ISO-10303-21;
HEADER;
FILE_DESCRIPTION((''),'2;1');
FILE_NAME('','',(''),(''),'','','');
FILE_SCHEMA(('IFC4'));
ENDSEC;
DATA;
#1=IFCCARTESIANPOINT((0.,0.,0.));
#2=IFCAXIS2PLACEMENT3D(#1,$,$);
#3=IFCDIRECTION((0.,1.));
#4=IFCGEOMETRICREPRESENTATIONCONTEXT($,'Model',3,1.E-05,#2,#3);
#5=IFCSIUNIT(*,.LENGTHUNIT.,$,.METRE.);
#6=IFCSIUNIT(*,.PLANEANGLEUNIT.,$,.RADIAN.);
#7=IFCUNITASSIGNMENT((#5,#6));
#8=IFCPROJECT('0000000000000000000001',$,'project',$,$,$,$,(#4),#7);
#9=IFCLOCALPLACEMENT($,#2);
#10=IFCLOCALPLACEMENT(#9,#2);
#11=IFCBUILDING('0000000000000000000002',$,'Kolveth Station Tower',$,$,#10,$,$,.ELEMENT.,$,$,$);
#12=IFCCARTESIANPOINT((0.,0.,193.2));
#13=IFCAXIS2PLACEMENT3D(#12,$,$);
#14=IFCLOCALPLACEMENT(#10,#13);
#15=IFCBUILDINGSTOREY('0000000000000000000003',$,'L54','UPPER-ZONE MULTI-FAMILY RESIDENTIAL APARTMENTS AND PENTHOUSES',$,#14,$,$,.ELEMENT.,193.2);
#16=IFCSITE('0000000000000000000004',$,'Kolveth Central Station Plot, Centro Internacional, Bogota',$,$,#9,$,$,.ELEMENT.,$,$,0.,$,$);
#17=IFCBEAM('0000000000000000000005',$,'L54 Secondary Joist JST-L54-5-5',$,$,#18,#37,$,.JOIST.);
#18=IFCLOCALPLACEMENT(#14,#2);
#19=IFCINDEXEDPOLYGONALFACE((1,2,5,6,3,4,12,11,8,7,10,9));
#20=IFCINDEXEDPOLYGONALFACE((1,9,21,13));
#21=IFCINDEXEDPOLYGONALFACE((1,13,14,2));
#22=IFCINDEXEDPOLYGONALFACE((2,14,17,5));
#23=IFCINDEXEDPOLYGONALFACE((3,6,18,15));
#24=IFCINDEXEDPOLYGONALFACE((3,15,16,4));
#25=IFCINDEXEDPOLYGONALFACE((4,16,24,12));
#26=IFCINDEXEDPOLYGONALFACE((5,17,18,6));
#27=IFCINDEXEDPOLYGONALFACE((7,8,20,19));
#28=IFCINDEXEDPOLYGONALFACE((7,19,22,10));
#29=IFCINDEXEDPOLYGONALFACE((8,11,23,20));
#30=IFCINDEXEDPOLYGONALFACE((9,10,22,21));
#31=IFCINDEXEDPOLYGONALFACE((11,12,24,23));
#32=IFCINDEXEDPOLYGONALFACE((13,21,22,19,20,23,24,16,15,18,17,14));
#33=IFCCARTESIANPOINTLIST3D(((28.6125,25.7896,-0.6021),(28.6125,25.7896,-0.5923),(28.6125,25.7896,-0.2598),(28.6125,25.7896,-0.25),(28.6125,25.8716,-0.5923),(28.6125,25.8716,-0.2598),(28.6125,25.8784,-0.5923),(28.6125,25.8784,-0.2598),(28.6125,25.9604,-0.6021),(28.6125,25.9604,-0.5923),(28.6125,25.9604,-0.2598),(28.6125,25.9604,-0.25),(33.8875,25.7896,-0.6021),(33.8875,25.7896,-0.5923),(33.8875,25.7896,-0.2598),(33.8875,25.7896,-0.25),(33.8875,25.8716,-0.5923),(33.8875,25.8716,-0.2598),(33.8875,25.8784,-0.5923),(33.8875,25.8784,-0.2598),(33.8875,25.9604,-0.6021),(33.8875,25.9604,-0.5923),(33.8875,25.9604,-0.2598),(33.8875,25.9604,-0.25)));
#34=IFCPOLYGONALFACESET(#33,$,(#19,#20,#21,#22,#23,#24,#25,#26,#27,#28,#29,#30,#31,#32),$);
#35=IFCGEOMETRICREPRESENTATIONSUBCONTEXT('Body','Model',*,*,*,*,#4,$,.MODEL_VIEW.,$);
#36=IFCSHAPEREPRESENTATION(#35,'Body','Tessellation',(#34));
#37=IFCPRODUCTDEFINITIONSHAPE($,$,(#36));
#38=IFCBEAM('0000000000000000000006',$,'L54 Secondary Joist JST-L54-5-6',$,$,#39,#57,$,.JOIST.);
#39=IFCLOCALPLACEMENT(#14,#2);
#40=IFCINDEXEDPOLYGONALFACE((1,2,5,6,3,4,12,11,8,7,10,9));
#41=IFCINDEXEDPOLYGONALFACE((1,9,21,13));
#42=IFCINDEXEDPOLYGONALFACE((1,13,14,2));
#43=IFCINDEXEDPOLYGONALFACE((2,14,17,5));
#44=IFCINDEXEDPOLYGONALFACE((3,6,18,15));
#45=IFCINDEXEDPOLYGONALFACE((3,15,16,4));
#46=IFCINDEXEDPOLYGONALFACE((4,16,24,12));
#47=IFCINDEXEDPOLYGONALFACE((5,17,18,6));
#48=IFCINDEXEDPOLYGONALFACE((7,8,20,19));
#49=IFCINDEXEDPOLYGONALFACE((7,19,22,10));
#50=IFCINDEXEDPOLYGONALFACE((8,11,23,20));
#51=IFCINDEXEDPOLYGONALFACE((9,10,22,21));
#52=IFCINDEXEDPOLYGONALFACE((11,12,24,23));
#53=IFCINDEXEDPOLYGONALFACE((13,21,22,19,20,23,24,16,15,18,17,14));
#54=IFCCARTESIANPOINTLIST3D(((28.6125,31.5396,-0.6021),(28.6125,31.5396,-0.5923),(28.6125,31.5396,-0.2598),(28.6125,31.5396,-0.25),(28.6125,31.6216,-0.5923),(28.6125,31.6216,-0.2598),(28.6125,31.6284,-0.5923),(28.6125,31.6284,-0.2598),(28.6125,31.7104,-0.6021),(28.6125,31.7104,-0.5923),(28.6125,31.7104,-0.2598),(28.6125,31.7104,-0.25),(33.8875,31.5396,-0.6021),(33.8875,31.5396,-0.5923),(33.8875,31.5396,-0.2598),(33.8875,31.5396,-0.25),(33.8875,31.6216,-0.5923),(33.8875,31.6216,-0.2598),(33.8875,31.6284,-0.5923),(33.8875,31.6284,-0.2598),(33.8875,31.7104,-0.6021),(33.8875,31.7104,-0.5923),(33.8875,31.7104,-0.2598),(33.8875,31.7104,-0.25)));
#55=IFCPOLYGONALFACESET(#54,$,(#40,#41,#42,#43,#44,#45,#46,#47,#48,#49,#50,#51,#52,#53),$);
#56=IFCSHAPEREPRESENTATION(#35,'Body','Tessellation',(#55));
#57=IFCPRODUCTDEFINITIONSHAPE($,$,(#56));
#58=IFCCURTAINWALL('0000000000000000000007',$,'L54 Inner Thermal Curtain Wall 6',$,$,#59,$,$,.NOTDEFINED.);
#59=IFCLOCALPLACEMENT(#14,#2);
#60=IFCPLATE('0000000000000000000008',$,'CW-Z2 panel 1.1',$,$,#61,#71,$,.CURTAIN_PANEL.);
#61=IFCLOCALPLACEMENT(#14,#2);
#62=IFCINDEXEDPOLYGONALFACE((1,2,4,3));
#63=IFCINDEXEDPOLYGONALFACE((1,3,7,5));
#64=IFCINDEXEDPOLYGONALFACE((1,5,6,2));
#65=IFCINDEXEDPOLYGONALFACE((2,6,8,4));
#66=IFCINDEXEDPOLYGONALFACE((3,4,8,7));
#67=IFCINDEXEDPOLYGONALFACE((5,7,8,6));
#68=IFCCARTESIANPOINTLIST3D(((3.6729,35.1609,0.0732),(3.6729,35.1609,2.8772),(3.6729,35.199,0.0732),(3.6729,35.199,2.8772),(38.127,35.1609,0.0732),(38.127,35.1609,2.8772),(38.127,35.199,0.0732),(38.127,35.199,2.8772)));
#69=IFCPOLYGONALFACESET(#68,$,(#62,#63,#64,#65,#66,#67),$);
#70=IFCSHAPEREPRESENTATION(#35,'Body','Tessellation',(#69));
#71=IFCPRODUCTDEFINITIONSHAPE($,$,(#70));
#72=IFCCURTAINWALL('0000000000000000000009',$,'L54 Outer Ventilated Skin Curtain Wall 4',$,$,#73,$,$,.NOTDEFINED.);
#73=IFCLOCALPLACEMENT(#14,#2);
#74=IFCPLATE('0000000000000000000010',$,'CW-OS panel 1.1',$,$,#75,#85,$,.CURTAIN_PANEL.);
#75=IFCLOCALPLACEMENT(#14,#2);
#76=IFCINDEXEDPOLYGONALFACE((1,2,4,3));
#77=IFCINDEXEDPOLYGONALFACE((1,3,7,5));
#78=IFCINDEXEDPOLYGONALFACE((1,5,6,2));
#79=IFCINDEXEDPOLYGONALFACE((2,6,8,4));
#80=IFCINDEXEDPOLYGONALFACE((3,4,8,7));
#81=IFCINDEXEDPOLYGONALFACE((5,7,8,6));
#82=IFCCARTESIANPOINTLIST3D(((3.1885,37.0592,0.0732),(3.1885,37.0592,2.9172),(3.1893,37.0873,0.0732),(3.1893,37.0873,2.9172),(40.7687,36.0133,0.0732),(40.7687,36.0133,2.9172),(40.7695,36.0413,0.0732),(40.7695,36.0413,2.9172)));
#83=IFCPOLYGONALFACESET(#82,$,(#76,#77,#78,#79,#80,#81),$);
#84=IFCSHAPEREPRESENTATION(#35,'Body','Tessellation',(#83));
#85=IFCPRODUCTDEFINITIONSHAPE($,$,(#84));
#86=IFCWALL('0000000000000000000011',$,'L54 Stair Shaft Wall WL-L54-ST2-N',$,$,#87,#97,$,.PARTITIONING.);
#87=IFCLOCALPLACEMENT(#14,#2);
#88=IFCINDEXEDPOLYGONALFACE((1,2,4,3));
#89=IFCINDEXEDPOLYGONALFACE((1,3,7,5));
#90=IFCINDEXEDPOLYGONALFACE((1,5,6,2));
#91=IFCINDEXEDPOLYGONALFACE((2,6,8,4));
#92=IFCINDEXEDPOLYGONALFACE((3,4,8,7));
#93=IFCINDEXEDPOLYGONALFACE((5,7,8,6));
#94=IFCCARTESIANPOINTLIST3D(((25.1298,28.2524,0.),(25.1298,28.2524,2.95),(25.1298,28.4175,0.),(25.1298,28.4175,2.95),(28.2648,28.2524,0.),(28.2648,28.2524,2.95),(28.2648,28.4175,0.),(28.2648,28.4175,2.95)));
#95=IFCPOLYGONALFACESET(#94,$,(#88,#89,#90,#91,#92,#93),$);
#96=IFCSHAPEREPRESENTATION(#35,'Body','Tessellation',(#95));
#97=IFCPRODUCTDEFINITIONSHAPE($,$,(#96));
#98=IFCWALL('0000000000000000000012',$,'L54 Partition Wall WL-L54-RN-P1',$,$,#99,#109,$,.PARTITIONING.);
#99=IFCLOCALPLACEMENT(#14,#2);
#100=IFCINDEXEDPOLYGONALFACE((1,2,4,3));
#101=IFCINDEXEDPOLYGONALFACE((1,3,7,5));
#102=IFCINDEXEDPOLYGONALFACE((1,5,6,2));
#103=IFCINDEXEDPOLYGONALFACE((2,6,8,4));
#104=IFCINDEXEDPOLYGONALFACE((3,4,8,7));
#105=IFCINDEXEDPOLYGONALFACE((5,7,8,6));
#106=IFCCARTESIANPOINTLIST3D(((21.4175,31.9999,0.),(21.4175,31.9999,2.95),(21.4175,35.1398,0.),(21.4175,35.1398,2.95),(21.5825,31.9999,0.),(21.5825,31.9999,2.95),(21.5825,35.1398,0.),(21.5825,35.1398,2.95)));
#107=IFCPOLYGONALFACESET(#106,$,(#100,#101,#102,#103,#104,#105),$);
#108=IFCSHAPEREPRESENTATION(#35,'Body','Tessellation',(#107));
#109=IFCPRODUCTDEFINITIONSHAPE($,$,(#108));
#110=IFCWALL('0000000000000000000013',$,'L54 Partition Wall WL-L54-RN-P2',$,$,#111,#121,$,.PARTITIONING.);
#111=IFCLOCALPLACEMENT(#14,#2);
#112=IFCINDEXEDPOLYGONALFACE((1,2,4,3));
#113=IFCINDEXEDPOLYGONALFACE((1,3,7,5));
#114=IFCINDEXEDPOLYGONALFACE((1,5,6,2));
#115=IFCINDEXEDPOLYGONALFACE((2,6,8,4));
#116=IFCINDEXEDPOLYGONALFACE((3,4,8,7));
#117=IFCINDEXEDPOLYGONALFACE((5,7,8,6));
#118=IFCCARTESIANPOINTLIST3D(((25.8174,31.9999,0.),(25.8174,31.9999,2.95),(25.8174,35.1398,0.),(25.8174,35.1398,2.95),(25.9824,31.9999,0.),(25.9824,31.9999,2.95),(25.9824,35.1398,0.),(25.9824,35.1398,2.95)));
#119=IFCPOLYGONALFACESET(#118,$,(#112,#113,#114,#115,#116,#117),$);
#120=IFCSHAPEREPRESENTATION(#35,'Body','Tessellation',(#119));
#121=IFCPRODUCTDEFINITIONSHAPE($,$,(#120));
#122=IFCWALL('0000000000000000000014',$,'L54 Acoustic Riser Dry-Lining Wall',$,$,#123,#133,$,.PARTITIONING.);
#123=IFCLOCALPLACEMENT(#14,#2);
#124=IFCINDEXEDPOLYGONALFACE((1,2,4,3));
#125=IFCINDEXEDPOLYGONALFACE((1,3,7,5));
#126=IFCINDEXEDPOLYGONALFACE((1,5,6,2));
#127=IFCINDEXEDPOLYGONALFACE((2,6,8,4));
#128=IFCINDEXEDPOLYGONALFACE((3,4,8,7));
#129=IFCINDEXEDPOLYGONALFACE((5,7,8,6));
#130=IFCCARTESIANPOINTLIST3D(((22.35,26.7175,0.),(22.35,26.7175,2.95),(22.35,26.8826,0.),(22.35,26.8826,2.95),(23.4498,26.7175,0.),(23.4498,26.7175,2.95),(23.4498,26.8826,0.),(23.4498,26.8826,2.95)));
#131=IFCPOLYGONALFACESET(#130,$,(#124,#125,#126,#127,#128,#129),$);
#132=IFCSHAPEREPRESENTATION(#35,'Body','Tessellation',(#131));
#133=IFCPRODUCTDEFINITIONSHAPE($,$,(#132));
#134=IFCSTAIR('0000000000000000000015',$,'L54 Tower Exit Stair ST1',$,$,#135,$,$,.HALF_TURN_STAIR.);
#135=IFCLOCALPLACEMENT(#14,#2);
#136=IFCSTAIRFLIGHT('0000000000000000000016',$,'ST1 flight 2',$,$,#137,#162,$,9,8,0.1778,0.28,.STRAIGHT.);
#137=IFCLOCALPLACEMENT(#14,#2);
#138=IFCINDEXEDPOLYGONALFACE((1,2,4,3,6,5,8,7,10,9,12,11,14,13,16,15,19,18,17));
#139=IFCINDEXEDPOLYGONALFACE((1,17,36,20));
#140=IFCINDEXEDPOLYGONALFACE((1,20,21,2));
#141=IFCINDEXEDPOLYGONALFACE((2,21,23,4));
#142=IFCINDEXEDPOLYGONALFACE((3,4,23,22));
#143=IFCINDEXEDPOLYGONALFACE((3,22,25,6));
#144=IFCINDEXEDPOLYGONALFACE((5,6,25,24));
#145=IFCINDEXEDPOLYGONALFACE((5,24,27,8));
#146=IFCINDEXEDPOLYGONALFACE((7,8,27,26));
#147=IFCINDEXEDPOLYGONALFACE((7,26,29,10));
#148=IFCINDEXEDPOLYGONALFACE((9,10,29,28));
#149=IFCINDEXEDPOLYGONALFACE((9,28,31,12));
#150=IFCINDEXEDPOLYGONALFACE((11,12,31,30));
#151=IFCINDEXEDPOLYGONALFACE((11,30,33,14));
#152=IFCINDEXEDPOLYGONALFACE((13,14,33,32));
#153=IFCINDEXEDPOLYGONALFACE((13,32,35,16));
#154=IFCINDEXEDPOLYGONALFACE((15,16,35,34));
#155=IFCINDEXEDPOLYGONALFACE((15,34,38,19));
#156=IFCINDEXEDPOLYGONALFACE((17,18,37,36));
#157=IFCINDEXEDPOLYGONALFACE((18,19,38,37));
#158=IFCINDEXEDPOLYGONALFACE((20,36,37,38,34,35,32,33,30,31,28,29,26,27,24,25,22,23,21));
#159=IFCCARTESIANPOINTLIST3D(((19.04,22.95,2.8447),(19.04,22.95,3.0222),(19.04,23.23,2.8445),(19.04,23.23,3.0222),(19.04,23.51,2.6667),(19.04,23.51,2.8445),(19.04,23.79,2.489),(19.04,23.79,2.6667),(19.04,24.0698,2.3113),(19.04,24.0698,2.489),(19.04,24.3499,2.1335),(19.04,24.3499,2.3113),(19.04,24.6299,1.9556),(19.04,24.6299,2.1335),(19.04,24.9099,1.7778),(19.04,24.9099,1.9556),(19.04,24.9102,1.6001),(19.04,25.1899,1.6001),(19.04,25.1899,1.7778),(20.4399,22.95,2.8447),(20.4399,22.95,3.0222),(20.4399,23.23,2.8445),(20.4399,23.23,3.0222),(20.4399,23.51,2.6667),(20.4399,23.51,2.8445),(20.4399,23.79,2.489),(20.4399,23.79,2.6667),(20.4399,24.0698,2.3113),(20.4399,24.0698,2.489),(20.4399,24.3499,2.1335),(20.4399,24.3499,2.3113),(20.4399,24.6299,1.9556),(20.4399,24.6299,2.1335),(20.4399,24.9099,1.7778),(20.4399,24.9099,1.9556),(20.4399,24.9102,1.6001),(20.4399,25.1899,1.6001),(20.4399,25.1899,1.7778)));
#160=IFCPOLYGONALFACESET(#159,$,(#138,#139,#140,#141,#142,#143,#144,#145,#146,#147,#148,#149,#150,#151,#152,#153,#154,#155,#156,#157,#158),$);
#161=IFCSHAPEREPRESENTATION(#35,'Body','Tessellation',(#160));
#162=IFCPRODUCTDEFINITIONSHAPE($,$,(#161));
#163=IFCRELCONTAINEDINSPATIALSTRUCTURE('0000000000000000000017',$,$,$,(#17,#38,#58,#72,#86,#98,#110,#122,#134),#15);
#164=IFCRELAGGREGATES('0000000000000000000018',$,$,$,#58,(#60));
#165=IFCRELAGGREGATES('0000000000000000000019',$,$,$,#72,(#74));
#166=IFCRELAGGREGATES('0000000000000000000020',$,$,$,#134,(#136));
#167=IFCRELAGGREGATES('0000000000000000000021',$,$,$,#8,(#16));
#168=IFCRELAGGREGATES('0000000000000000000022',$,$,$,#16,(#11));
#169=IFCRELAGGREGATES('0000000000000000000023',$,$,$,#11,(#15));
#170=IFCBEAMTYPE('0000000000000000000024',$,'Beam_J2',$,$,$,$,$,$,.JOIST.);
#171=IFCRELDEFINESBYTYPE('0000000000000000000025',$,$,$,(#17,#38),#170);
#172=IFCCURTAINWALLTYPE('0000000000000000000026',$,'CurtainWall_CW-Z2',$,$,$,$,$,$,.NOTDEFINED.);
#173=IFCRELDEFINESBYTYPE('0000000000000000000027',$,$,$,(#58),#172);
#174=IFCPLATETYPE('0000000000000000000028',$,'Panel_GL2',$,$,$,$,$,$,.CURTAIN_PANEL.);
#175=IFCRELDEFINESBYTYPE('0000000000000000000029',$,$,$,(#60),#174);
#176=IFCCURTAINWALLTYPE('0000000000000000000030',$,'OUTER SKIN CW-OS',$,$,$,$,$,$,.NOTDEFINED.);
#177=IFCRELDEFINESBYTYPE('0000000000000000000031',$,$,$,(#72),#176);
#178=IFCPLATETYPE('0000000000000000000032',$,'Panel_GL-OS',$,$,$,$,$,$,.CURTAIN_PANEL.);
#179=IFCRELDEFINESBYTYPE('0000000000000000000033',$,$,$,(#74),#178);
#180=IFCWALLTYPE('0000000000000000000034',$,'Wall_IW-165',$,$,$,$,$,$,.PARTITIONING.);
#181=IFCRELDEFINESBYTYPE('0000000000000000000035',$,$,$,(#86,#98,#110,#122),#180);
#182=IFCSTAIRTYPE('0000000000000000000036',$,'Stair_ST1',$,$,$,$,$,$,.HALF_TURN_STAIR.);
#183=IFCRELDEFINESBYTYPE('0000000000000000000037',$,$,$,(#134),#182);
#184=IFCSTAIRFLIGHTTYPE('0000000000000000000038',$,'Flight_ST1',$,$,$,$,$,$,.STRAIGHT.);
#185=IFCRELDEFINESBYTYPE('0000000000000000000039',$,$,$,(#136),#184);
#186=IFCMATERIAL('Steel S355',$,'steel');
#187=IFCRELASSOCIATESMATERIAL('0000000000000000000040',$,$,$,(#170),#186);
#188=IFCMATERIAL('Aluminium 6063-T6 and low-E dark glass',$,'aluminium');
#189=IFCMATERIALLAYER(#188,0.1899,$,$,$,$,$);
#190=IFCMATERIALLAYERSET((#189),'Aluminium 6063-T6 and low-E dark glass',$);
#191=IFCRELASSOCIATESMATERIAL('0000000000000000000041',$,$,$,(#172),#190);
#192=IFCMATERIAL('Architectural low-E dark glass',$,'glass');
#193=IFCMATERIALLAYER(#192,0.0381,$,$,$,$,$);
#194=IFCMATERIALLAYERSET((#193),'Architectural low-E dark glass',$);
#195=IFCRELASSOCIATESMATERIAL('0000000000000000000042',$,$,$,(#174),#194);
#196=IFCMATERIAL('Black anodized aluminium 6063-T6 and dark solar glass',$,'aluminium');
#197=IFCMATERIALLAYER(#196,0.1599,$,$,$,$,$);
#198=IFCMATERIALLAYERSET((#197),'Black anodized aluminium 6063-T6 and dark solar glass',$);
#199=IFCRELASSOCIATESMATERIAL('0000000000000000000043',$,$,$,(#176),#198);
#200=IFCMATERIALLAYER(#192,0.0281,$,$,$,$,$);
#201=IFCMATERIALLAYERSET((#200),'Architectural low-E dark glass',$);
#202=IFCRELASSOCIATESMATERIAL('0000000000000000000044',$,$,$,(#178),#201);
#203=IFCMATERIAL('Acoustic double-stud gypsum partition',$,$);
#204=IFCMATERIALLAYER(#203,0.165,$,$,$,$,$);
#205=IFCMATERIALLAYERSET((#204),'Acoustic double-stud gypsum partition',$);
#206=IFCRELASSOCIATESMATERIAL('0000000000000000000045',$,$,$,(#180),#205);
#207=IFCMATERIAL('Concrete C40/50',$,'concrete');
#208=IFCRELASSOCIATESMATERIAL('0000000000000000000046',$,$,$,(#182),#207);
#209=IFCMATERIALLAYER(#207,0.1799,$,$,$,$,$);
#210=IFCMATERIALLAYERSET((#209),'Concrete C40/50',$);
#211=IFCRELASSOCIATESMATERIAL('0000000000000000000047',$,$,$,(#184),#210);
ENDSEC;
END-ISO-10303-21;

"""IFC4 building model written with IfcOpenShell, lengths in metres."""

from ifc_helpers import new_model, si_unit, direction, frame, frame_2d, origin, origin_2d, place, context, subcontext, project, spatial, polyline, rectangle, i_section, outline, extrude, source, transform, mapped, material, layer, layer_set, material_profile, profile_set, type_object, element, aggregate, save


model = new_model("IFC4")

# Units and contexts
model_context = context("Model", 3, precision=1e-05, world=origin(), true_north=direction((0.0, 1.0)))
body_context = subcontext(model_context, "Body", "Model", "MODEL_VIEW")
ifc_project = project(units=[si_unit("LENGTHUNIT", "METRE"), si_unit("PLANEANGLEUNIT", "RADIAN")], contexts=[model_context])

# Site, building, storey
site_placement = place(None, origin())
site = spatial("IfcSite", under=ifc_project, at=site_placement, Name="Kolveth Central Station Plot, Centro Internacional, Bogota", CompositionType="ELEMENT", RefElevation=0.0)
building_placement = place(site_placement, origin())
building = spatial("IfcBuilding", under=site, at=building_placement, Name="Kolveth Station Tower", CompositionType="ELEMENT")
storey_placement = place(building_placement, frame((0.0, 0.0, 193.2)))
storey = spatial("IfcBuildingStorey", under=building, at=storey_placement, Name="L54", Description="UPPER-ZONE MULTI-FAMILY RESIDENTIAL APARTMENTS AND PENTHOUSES", CompositionType="ELEMENT", Elevation=193.2)

# Shared definitions
ifc_material_1 = material(Name="Steel S355", Category="steel")

# Beams
ifc_material_profile_1 = material_profile(ifc_material_1, i_section(OverallWidth=0.1709, OverallDepth=0.3521, WebThickness=0.0068, FlangeThickness=0.0098, at=origin_2d()), Name="W360x44")
ifc_profile_set_1 = profile_set([ifc_material_profile_1], Name="Steel S355")
beam_type_1 = type_object("IfcBeamType", Name="Beam_J2", PredefinedType="JOIST", material=ifc_profile_set_1)
shared_shape_1 = source(origin(), body_context, "Body", "SweptSolid", [
    extrude(i_section(OverallWidth=0.1709, OverallDepth=0.3521, WebThickness=0.0068, FlangeThickness=0.0098, at=origin_2d()), origin(), (0.0, 0.0, 1.0), 5.2749),
])
for number, where, z_axis, x_axis, name in (
    (1, (28.6125, 25.875, -0.426), (1.0, 0.0, 0.0), (0.0, 1.0, 0.0), "L54 Secondary Joist JST-L54-5-5"),
    (2, (28.6125, 31.625, -0.426), (1.0, 0.0, 0.0), (0.0, 1.0, 0.0), "L54 Secondary Joist JST-L54-5-6"),
):
    element("IfcBeam", number, at=place(storey_placement, frame(where, z_axis=z_axis, x_axis=x_axis)), inside=storey, type_object=beam_type_1, Name=name, PredefinedType="JOIST", context=body_context, shape_type="MappedRepresentation", body=[
        mapped(shared_shape_1, transform((0.0, 0.0, 0.0), x_axis=(1.0, 0.0, 0.0), y_axis=(0.0, 1.0, 0.0), z_axis=(0.0, 0.0, 1.0), scale=1.0)),
    ])

# Curtain walls, plates
ifc_material_2 = material(Name="Aluminium 6063-T6 and low-E dark glass", Category="aluminium")
ifc_layer_1 = layer(ifc_material_2, 0.1899)
ifc_layer_set_1 = layer_set([ifc_layer_1], Name="Aluminium 6063-T6 and low-E dark glass")
curtain_wall_type_1 = type_object("IfcCurtainWallType", Name="CurtainWall_CW-Z2", PredefinedType="NOTDEFINED", material=ifc_layer_set_1)
curtain_wall_1_placement = place(storey_placement, origin())
curtain_wall_1 = element("IfcCurtainWall", 3, at=curtain_wall_1_placement, inside=storey, type_object=curtain_wall_type_1, Name="L54 Inner Thermal Curtain Wall 6", PredefinedType="NOTDEFINED")
ifc_material_3 = material(Name="Architectural low-E dark glass", Category="glass")
ifc_layer_2 = layer(ifc_material_3, 0.0381)
ifc_layer_set_2 = layer_set([ifc_layer_2], Name="Architectural low-E dark glass")
plate_type_1 = type_object("IfcPlateType", Name="Panel_GL2", PredefinedType="CURTAIN_PANEL", material=ifc_layer_set_2)
shared_shape_2 = source(origin(), body_context, "Body", "SweptSolid", [
    extrude(rectangle(XDim=34.4541, YDim=0.0381, at=origin_2d()), origin(), (0.0, 0.0, 1.0), 2.804),
])
plate_1_placement = place(storey_placement, frame((20.8999, 35.1799, 0.0732), z_axis=(0.0, 0.0, 1.0), x_axis=(-1.0, 0.0, 0.0)))
plate_1 = element("IfcPlate", 4, at=plate_1_placement, type_object=plate_type_1, Name="CW-Z2 panel 1.1", PredefinedType="CURTAIN_PANEL", context=body_context, shape_type="MappedRepresentation", body=[
    mapped(shared_shape_2, transform((0.0, 0.0, 0.0), x_axis=(1.0, 0.0, 0.0), y_axis=(0.0, 1.0, 0.0), z_axis=(0.0, 0.0, 1.0), scale=1.0)),
])
aggregate(curtain_wall_1, [plate_1])
ifc_material_4 = material(Name="Black anodized aluminium 6063-T6 and dark solar glass", Category="aluminium")
ifc_layer_3 = layer(ifc_material_4, 0.1599)
ifc_layer_set_3 = layer_set([ifc_layer_3], Name="Black anodized aluminium 6063-T6 and dark solar glass")
curtain_wall_type_2 = type_object("IfcCurtainWallType", Name="OUTER SKIN CW-OS", PredefinedType="NOTDEFINED", material=ifc_layer_set_3)
curtain_wall_2_placement = place(storey_placement, origin())
curtain_wall_2 = element("IfcCurtainWall", 5, at=curtain_wall_2_placement, inside=storey, type_object=curtain_wall_type_2, Name="L54 Outer Ventilated Skin Curtain Wall 4", PredefinedType="NOTDEFINED")
ifc_layer_4 = layer(ifc_material_3, 0.0281)
ifc_layer_set_4 = layer_set([ifc_layer_4], Name="Architectural low-E dark glass")
plate_type_2 = type_object("IfcPlateType", Name="Panel_GL-OS", PredefinedType="CURTAIN_PANEL", material=ifc_layer_set_4)
shared_shape_3 = source(origin(), body_context, "Body", "SweptSolid", [
    extrude(rectangle(XDim=37.5947, YDim=0.0281, at=origin_2d()), origin(), (0.0, 0.0, 1.0), 2.844),
])
plate_2_placement = place(storey_placement, frame((21.979, 36.5503, 0.0732), z_axis=(0.0, 0.0, 1.0), x_axis=(-0.999613, 0.027822, 0.0)))
plate_2 = element("IfcPlate", 6, at=plate_2_placement, type_object=plate_type_2, Name="CW-OS panel 1.1", PredefinedType="CURTAIN_PANEL", context=body_context, shape_type="MappedRepresentation", body=[
    mapped(shared_shape_3, transform((0.0, 0.0, 0.0), x_axis=(1.0, 0.0, 0.0), y_axis=(0.0, 1.0, 0.0), z_axis=(0.0, 0.0, 1.0), scale=1.0)),
])
aggregate(curtain_wall_2, [plate_2])

# Walls
ifc_material_5 = material(Name="Acoustic double-stud gypsum partition")
ifc_layer_5 = layer(ifc_material_5, 0.165)
ifc_layer_set_5 = layer_set([ifc_layer_5], Name="Acoustic double-stud gypsum partition")
wall_type = type_object("IfcWallType", Name="Wall_IW-165", PredefinedType="PARTITIONING", material=ifc_layer_set_5)
wall_1_placement = place(storey_placement, frame((25.1299, 28.335, 0.0), z_axis=(0.0, 0.0, 1.0), x_axis=(1.0, 0.0, 0.0)))
element("IfcWall", 7, at=wall_1_placement, inside=storey, type_object=wall_type, Name="L54 Stair Shaft Wall WL-L54-ST2-N", PredefinedType="PARTITIONING", context=body_context, shape_type="SweptSolid", body=[
    extrude(rectangle(XDim=3.135, YDim=0.165, at=frame_2d((1.5674, 0.0))), origin(), (0.0, 0.0, 1.0), 2.95),
])
for number, where, z_axis, x_axis, name in (
    (8, (21.5, 32.0, 0.0), (0.0, 0.0, 1.0), (0.0, 1.0, 0.0), "L54 Partition Wall WL-L54-RN-P1"),
    (9, (25.8999, 32.0, 0.0), (0.0, 0.0, 1.0), (0.0, 1.0, 0.0), "L54 Partition Wall WL-L54-RN-P2"),
):
    element("IfcWall", number, at=place(storey_placement, frame(where, z_axis=z_axis, x_axis=x_axis)), inside=storey, type_object=wall_type, Name=name, PredefinedType="PARTITIONING", context=body_context, shape_type="SweptSolid", body=[
        extrude(rectangle(XDim=3.1399, YDim=0.165, at=frame_2d((1.5698, 0.0))), origin(), (0.0, 0.0, 1.0), 2.95),
    ])
wall_2_placement = place(storey_placement, frame((22.3501, 26.8, 0.0), z_axis=(0.0, 0.0, 1.0), x_axis=(1.0, 0.0, 0.0)))
element("IfcWall", 10, at=wall_2_placement, inside=storey, type_object=wall_type, Name="L54 Acoustic Riser Dry-Lining Wall", PredefinedType="PARTITIONING", context=body_context, shape_type="SweptSolid", body=[
    extrude(rectangle(XDim=1.0999, YDim=0.165, at=frame_2d((0.5498, 0.0))), origin(), (0.0, 0.0, 1.0), 2.95),
])

# Stair, stair flight
ifc_material_6 = material(Name="Concrete C40/50", Category="concrete")
stair_type_1 = type_object("IfcStairType", Name="Stair_ST1", PredefinedType="HALF_TURN_STAIR", material=ifc_material_6)
stair_1_placement = place(storey_placement, origin())
stair_1 = element("IfcStair", 11, at=stair_1_placement, inside=storey, type_object=stair_type_1, Name="L54 Tower Exit Stair ST1", PredefinedType="HALF_TURN_STAIR")
ifc_layer_6 = layer(ifc_material_6, 0.1799)
ifc_layer_set_6 = layer_set([ifc_layer_6], Name="Concrete C40/50")
stair_flight_type_1 = type_object("IfcStairFlightType", Name="Flight_ST1", PredefinedType="STRAIGHT", material=ifc_layer_set_6)
stair_flight_1_placement = place(storey_placement, frame((19.74, 25.1899, 1.6001), z_axis=(0.0, 0.0, 1.0), x_axis=(0.0, -1.0, 0.0)))
stair_flight_1 = element("IfcStairFlight", 12, at=stair_flight_1_placement, type_object=stair_flight_type_1, Name="ST1 flight 2", NumberOfRisers=9, NumberOfTreads=8, PredefinedType="STRAIGHT", RiserHeight=0.1778, TreadLength=0.28, context=body_context, shape_type="SweptSolid", body=[
    extrude(outline(polyline([(0.0, 0.0), (0.0, 0.1777), (0.28, 0.1777), (0.28, 0.3555), (0.5601, 0.3555), (0.5601, 0.5334), (0.8401, 0.5334), (0.8401, 0.7112), (1.1201, 0.7112), (1.1201, 0.8889), (1.3999, 0.8889), (1.3999, 1.0667), (1.6799, 1.0667), (1.6799, 1.2444), (1.96, 1.2444), (1.96, 1.4221), (2.24, 1.4221), (2.24, 1.6001), (2.24, 1.2446), (0.2798, 0.0), (0.0, 0.0)])), frame((0.0, 0.7, 0.0), z_axis=(0.0, -1.0, 0.0), x_axis=(1.0, 0.0, 0.0)), (0.0, 0.0, 1.0), 1.3999),
])
aggregate(stair_1, [stair_flight_1])

save(model, "model.ifc")
